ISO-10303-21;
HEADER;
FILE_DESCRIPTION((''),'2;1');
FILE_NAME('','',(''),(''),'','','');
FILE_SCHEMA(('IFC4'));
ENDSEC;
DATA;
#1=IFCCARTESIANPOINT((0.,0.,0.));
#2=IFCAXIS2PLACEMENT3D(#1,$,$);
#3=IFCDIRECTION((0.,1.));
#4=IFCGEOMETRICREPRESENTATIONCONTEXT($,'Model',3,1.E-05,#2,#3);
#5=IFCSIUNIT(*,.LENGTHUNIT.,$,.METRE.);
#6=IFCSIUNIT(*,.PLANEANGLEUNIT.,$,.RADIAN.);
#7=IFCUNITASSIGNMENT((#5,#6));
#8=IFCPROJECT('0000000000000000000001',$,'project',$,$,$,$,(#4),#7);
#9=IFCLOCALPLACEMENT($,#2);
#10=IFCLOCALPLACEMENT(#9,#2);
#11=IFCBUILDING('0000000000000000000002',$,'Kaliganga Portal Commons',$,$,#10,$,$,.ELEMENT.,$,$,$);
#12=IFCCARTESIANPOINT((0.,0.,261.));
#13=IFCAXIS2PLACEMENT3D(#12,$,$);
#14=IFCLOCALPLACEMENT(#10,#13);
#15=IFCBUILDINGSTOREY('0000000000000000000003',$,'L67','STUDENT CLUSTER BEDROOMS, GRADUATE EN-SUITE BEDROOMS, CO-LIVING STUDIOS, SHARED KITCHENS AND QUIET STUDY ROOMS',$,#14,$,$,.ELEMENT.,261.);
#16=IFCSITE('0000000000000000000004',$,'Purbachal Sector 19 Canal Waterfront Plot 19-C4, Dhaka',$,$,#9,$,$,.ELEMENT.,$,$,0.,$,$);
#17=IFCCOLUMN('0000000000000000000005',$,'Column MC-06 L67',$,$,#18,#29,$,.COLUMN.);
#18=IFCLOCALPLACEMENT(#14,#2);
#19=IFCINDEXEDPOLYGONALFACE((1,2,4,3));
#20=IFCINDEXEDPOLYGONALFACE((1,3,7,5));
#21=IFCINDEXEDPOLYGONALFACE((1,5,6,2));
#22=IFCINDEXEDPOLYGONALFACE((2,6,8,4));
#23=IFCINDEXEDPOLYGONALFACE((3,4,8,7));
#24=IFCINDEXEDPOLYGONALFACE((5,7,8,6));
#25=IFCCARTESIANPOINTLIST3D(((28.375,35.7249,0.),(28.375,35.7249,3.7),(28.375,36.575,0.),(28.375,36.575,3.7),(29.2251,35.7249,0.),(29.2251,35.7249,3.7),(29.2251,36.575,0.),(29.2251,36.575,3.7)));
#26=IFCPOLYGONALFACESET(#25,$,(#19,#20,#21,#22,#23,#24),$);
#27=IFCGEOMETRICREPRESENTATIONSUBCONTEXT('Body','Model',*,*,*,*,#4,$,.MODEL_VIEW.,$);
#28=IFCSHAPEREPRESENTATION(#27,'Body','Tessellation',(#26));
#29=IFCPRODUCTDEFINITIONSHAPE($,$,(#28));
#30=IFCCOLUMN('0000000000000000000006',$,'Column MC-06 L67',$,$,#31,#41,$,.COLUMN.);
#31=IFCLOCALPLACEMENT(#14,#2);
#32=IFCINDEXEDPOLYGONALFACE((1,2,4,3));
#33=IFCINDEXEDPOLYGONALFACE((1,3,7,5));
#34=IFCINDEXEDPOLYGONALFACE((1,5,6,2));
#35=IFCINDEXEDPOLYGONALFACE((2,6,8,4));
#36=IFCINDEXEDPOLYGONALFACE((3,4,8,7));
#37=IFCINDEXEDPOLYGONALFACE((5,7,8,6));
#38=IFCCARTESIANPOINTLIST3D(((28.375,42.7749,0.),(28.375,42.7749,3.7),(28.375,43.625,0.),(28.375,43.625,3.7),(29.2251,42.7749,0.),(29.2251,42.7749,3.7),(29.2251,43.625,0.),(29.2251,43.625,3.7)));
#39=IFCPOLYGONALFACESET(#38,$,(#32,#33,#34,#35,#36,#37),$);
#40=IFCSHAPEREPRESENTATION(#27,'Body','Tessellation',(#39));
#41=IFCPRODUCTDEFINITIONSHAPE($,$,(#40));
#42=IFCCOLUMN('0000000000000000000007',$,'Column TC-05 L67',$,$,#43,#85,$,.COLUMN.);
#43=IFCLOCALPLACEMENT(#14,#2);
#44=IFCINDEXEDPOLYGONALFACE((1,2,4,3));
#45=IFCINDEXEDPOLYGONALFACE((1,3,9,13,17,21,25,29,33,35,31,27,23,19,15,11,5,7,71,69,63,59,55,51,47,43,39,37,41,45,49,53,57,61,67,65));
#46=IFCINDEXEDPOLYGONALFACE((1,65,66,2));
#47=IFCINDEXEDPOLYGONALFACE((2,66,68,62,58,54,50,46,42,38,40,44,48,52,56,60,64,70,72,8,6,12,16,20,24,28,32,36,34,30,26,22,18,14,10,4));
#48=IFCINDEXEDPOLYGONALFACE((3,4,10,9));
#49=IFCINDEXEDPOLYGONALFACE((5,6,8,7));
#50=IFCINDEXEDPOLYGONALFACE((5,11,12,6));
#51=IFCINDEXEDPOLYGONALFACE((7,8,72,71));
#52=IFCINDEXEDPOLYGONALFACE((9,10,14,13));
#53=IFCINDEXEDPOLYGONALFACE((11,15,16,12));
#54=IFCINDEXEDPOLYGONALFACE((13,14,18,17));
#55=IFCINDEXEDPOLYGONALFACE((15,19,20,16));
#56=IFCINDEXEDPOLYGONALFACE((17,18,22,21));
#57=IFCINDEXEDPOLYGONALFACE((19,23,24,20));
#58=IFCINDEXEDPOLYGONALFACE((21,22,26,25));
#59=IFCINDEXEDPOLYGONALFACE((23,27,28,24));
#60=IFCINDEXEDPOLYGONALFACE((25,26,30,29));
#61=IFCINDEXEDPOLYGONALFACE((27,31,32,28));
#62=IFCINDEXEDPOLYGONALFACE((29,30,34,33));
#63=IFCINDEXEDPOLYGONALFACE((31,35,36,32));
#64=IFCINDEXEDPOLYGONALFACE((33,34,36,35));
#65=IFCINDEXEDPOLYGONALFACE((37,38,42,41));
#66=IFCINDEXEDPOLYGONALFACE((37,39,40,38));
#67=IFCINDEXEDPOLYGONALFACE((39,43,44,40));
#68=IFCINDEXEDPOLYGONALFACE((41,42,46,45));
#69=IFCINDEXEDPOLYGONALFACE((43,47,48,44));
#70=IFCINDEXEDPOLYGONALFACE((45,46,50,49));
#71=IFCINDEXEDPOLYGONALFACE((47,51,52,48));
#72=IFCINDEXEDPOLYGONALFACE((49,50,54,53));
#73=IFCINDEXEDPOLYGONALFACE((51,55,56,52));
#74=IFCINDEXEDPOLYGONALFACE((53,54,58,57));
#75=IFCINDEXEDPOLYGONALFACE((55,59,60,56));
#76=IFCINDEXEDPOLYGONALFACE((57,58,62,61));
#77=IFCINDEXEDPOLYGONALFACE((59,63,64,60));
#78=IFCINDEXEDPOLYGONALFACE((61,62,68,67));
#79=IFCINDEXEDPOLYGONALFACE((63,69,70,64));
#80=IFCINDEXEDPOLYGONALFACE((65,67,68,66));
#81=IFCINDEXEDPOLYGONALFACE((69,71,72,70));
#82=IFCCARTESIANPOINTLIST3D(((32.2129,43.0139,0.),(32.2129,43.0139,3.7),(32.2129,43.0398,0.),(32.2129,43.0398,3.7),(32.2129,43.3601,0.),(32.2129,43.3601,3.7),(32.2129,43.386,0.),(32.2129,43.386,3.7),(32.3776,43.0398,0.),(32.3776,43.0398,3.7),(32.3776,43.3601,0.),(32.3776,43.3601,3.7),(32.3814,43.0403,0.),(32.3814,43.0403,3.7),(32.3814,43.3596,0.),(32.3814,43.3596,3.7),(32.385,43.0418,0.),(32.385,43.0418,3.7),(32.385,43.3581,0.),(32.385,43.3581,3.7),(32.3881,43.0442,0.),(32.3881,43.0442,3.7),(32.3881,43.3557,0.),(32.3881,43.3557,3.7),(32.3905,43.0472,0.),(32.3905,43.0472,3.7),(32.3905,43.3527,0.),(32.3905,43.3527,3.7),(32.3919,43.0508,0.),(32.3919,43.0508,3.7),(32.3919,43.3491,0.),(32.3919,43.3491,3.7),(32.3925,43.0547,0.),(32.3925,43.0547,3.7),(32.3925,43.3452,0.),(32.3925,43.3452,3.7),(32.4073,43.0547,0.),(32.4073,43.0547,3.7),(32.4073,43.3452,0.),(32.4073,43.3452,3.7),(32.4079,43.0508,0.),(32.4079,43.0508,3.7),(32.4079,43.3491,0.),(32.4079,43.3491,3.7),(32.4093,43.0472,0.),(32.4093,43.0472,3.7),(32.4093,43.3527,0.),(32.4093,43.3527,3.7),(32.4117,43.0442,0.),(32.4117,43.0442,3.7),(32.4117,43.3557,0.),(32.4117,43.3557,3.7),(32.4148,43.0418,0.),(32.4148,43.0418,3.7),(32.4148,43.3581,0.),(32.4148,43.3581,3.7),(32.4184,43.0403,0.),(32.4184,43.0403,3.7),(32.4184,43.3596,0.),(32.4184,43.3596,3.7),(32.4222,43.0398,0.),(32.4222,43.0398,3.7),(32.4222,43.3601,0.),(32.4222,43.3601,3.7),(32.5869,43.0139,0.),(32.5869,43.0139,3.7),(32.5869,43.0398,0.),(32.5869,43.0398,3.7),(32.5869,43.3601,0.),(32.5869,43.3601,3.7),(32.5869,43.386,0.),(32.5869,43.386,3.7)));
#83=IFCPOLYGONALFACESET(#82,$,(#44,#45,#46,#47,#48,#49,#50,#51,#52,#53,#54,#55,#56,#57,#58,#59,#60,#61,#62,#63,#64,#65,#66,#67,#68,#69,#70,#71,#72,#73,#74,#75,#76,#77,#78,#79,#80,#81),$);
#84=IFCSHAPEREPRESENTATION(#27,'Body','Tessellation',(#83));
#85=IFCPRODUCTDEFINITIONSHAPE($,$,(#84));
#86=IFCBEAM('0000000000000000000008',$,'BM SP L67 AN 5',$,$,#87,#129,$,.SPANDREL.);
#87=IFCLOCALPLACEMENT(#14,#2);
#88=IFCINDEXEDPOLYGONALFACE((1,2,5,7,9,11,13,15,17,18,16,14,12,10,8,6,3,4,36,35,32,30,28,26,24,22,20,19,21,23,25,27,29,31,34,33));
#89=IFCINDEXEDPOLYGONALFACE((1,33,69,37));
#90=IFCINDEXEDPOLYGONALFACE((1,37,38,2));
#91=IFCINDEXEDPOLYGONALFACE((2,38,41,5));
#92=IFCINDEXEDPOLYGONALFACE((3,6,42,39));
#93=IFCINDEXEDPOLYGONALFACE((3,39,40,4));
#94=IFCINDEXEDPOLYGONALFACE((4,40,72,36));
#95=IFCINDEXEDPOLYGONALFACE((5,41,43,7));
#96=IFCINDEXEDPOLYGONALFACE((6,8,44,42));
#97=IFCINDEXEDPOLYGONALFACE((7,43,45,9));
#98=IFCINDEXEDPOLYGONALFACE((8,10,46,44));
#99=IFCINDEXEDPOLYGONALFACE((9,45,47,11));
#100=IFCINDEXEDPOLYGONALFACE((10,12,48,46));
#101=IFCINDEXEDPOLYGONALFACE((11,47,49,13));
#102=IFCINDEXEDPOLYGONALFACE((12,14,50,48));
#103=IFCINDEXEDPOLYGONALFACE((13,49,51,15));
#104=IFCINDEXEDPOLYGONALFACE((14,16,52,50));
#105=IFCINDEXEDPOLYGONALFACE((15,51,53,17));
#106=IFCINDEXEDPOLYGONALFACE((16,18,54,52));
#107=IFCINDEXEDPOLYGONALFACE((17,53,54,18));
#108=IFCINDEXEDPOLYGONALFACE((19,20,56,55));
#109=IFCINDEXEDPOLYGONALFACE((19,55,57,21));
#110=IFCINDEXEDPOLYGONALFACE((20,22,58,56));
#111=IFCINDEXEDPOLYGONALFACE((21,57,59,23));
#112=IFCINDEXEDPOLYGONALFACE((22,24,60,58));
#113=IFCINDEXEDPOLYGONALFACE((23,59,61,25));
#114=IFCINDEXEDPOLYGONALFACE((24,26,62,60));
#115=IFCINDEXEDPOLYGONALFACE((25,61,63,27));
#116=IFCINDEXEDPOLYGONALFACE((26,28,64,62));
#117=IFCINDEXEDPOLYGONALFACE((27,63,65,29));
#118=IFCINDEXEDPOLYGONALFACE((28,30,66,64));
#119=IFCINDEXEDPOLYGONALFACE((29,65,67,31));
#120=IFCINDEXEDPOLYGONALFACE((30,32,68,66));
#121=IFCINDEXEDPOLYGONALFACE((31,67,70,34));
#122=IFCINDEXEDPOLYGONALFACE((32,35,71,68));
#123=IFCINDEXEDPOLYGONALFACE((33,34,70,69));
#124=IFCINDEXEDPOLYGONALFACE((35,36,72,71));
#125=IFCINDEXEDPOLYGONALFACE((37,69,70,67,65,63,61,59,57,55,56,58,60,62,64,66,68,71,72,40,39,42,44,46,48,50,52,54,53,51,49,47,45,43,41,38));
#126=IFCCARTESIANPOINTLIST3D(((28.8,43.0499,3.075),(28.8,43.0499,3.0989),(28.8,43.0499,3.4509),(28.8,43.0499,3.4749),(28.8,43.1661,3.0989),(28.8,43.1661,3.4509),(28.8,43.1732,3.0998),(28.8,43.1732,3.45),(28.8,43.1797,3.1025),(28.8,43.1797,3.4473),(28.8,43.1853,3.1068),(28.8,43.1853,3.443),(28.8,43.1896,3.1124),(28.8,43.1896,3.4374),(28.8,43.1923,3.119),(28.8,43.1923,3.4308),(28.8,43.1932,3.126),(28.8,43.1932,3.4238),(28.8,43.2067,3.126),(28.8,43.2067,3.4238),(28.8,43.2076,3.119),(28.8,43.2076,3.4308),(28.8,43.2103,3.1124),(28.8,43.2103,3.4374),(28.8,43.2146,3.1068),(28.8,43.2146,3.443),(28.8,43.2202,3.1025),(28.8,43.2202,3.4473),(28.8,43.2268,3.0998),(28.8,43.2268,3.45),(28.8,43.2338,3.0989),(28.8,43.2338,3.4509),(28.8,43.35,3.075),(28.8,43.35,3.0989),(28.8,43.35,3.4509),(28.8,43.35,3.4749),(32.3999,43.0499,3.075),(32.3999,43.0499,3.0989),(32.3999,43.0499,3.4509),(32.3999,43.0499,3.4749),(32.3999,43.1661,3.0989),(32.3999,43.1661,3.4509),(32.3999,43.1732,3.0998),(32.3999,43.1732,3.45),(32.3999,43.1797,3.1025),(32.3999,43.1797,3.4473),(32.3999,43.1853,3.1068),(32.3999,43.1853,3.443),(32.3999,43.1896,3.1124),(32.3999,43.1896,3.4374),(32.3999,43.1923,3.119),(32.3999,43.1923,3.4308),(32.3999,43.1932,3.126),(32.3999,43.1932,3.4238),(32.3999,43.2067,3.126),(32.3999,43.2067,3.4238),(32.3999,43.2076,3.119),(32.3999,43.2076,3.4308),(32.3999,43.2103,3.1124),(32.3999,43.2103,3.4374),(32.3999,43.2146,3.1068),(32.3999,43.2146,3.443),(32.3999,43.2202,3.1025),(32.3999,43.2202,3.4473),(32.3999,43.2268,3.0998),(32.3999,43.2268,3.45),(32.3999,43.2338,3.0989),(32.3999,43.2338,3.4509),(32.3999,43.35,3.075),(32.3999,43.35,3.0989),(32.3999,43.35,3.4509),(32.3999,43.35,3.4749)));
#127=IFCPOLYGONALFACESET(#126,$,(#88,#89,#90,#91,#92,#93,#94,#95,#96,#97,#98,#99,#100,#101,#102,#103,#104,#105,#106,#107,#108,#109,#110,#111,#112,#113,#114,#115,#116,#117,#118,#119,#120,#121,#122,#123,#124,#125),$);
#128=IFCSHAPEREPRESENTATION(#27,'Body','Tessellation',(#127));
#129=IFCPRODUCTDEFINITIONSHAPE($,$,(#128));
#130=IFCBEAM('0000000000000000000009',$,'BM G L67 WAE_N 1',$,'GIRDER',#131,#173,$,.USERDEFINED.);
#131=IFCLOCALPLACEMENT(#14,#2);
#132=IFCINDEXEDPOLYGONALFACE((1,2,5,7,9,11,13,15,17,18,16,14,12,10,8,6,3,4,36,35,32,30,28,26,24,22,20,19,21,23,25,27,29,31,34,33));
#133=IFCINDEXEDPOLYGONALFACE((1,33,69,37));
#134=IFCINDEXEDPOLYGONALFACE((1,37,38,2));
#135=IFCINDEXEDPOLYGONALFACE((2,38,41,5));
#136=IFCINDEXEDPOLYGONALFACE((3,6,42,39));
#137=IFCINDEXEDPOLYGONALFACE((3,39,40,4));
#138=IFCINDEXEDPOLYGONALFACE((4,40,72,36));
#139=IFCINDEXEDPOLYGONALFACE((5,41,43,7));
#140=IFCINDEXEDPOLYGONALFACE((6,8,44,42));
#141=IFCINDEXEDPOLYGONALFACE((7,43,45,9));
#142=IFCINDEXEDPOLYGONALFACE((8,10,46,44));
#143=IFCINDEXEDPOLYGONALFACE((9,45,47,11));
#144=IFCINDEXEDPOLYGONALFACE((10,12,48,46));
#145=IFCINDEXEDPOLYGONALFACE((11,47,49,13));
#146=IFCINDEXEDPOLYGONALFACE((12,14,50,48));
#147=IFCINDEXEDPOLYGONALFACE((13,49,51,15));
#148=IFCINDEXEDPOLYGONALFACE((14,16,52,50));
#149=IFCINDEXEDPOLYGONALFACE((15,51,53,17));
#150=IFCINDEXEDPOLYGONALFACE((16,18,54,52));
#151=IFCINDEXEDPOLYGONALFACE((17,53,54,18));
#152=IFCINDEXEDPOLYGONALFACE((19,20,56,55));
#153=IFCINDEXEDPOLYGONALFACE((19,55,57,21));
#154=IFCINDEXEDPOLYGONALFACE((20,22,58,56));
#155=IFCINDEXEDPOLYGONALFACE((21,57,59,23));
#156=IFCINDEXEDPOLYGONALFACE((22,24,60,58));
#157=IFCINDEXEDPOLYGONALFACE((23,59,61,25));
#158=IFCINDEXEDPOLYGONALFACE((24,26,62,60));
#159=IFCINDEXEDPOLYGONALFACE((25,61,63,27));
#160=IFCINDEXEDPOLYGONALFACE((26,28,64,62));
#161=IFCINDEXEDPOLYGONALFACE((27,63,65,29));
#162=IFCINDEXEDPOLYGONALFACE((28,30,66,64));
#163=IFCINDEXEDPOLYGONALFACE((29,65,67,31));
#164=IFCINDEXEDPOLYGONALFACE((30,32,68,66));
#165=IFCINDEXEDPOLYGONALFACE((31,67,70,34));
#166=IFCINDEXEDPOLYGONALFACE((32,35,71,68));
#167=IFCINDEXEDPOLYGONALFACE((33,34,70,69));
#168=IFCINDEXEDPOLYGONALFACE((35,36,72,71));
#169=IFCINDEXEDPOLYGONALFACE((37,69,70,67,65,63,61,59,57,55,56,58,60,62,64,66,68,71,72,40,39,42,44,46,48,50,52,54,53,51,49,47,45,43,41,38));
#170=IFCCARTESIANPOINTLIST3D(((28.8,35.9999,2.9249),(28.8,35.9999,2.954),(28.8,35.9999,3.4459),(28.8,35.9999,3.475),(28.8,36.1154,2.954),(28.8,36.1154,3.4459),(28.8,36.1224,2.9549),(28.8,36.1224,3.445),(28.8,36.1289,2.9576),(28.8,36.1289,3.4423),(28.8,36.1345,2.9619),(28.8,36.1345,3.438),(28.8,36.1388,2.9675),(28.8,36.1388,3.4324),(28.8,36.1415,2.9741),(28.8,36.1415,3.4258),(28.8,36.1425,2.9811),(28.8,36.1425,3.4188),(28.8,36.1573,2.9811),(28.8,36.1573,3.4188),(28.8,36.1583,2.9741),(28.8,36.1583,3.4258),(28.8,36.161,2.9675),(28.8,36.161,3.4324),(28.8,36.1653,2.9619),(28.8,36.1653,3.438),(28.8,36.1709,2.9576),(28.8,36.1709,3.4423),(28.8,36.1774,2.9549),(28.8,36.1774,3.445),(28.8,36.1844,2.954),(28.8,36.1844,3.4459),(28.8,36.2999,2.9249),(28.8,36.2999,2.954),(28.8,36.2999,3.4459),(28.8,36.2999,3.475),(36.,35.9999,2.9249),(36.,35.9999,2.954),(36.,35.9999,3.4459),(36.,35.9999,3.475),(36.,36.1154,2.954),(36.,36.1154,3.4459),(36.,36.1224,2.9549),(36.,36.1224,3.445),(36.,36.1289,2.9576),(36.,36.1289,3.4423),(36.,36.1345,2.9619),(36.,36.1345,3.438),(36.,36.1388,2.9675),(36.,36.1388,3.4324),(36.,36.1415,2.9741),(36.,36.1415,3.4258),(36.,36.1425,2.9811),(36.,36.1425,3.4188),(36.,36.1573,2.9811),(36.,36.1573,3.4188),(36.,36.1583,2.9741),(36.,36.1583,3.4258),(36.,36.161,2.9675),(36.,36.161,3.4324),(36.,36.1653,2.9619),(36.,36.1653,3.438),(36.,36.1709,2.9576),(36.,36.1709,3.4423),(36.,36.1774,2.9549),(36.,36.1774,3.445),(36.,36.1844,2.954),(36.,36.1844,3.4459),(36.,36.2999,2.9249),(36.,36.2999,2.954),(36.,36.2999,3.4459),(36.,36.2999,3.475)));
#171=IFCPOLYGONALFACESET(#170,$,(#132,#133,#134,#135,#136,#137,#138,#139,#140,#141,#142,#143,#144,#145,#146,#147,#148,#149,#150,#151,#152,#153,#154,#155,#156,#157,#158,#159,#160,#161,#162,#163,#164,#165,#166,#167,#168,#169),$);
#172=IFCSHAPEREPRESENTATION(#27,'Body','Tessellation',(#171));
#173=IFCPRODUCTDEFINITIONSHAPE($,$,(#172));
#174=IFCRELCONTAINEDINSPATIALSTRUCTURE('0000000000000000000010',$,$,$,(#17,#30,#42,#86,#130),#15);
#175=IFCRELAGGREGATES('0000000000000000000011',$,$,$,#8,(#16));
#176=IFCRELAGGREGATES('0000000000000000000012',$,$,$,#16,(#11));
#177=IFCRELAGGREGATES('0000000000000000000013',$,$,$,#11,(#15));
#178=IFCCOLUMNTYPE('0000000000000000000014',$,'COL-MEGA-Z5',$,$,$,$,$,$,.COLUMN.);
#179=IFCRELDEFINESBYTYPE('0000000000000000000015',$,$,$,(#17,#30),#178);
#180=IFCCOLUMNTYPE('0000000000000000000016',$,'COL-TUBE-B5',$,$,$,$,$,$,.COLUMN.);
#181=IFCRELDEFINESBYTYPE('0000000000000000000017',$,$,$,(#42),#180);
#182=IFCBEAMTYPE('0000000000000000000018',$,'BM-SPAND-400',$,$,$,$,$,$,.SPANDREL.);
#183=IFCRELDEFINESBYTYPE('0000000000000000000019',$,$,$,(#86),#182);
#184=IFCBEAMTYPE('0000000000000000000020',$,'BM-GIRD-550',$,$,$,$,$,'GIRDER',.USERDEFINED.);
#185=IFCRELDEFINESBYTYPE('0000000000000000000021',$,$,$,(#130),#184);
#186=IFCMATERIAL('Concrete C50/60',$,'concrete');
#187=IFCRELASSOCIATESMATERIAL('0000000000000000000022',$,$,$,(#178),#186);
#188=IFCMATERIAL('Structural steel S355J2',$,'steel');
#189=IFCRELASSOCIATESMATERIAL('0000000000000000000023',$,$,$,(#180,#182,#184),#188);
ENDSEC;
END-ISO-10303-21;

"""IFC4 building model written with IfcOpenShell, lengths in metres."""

from ifc_helpers import new_model, si_unit, direction, frame, origin, origin_2d, place, context, subcontext, project, spatial, rectangle, i_section, extrude, source, transform, mapped, material, material_profile, profile_set, type_object, element, save


model = new_model("IFC4")

# Units and contexts
model_context = context("Model", 3, precision=1e-05, world=origin(), true_north=direction((0.0, 1.0)))
body_context = subcontext(model_context, "Body", "Model", "MODEL_VIEW")
ifc_project = project(units=[si_unit("LENGTHUNIT", "METRE"), si_unit("PLANEANGLEUNIT", "RADIAN")], contexts=[model_context])

# Site, building, storey
site_placement = place(None, origin())
site = spatial("IfcSite", under=ifc_project, at=site_placement, Name="Purbachal Sector 19 Canal Waterfront Plot 19-C4, Dhaka", CompositionType="ELEMENT", RefElevation=0.0)
building_placement = place(site_placement, origin())
building = spatial("IfcBuilding", under=site, at=building_placement, Name="Kaliganga Portal Commons", CompositionType="ELEMENT")
storey_placement = place(building_placement, frame((0.0, 0.0, 261.0)))
storey = spatial("IfcBuildingStorey", under=building, at=storey_placement, Name="L67", Description="STUDENT CLUSTER BEDROOMS, GRADUATE EN-SUITE BEDROOMS, CO-LIVING STUDIOS, SHARED KITCHENS AND QUIET STUDY ROOMS", CompositionType="ELEMENT", Elevation=261.0)

# Columns
ifc_material_1 = material(Name="Concrete C50/60", Category="concrete")
ifc_material_profile_1 = material_profile(ifc_material_1, rectangle(XDim=0.8501, YDim=0.8501, at=origin_2d()), Name="RC 850x850")
ifc_profile_set_1 = profile_set([ifc_material_profile_1], Name="Concrete C50/60")
column_type_1 = type_object("IfcColumnType", Name="COL-MEGA-Z5", PredefinedType="COLUMN", material=ifc_profile_set_1)
shared_shape_1 = source(origin(), body_context, "Body", "SweptSolid", [
    extrude(rectangle(XDim=0.8501, YDim=0.8501, at=origin_2d()), origin(), (0.0, 0.0, 1.0), 3.7),
])
for number, where, z_axis, x_axis, name in (
    (1, (28.8, 36.1499, 0.0), (0.0, 0.0, 1.0), (1.0, 0.0, 0.0), "Column MC-06 L67"),
    (2, (28.8, 43.2, 0.0), (0.0, 0.0, 1.0), (1.0, 0.0, 0.0), "Column MC-06 L67"),
):
    element("IfcColumn", number, at=place(storey_placement, frame(where, z_axis=z_axis, x_axis=x_axis)), inside=storey, type_object=column_type_1, Name=name, PredefinedType="COLUMN", context=body_context, shape_type="MappedRepresentation", body=[
        mapped(shared_shape_1, transform((0.0, 0.0, 0.0), x_axis=(1.0, 0.0, 0.0), y_axis=(0.0, 1.0, 0.0), z_axis=(0.0, 0.0, 1.0), scale=1.0)),
    ])
ifc_material_2 = material(Name="Structural steel S355J2", Category="steel")
ifc_material_profile_2 = material_profile(ifc_material_2, i_section(OverallWidth=0.374, OverallDepth=0.3721, WebThickness=0.0149, FlangeThickness=0.0259, FilletRadius=0.0149, at=origin_2d()), Name="HD 360x196")
ifc_profile_set_2 = profile_set([ifc_material_profile_2], Name="Structural steel S355J2 wide-flange")
column_type_2 = type_object("IfcColumnType", Name="COL-TUBE-B5", PredefinedType="COLUMN", material=ifc_profile_set_2)
shared_shape_2 = source(origin(), body_context, "Body", "SweptSolid", [
    extrude(i_section(OverallWidth=0.374, OverallDepth=0.3721, WebThickness=0.0149, FlangeThickness=0.0259, FilletRadius=0.0149, at=origin_2d()), origin(), (0.0, 0.0, 1.0), 3.7),
])
column_placement = place(storey_placement, frame((32.3999, 43.2, 0.0), z_axis=(0.0, 0.0, 1.0), x_axis=(1.0, 0.0, 0.0)))
element("IfcColumn", 3, at=column_placement, inside=storey, type_object=column_type_2, Name="Column TC-05 L67", PredefinedType="COLUMN", context=body_context, shape_type="MappedRepresentation", body=[
    mapped(shared_shape_2, transform((0.0, 0.0, 0.0), x_axis=(1.0, 0.0, 0.0), y_axis=(0.0, 1.0, 0.0), z_axis=(0.0, 0.0, 1.0), scale=1.0)),
])

# Beams
ifc_material_profile_3 = material_profile(ifc_material_2, i_section(OverallWidth=0.3, OverallDepth=0.3999, WebThickness=0.0134, FlangeThickness=0.0239, FilletRadius=0.0271, at=origin_2d()), Name="HE 400 B")
ifc_profile_set_3 = profile_set([ifc_material_profile_3], Name="Structural steel S355J2 wide-flange")
beam_type_1 = type_object("IfcBeamType", Name="BM-SPAND-400", PredefinedType="SPANDREL", material=ifc_profile_set_3)
shared_shape_3 = source(origin(), body_context, "Body", "SweptSolid", [
    extrude(i_section(OverallWidth=0.3, OverallDepth=0.3999, WebThickness=0.0134, FlangeThickness=0.0239, FilletRadius=0.0271, at=origin_2d()), origin(), (0.0, 0.0, 1.0), 3.5999),
])
beam_1_placement = place(storey_placement, frame((28.8, 43.2, 3.2749), z_axis=(1.0, 0.0, 0.0), x_axis=(0.0, 1.0, 0.0)))
element("IfcBeam", 4, at=beam_1_placement, inside=storey, type_object=beam_type_1, Name="BM SP L67 AN 5", PredefinedType="SPANDREL", context=body_context, shape_type="MappedRepresentation", body=[
    mapped(shared_shape_3, transform((0.0, 0.0, 0.0), x_axis=(1.0, 0.0, 0.0), y_axis=(0.0, 1.0, 0.0), z_axis=(0.0, 0.0, 1.0), scale=1.0)),
])
ifc_material_profile_4 = material_profile(ifc_material_2, i_section(OverallWidth=0.3, OverallDepth=0.55, WebThickness=0.0149, FlangeThickness=0.0291, FilletRadius=0.0271, at=origin_2d()), Name="HE 550 B")
ifc_profile_set_4 = profile_set([ifc_material_profile_4], Name="Structural steel S355J2 wide-flange")
beam_type_2 = type_object("IfcBeamType", Name="BM-GIRD-550", ElementType="GIRDER", PredefinedType="USERDEFINED", material=ifc_profile_set_4)
shared_shape_4 = source(origin(), body_context, "Body", "SweptSolid", [
    extrude(i_section(OverallWidth=0.3, OverallDepth=0.55, WebThickness=0.0149, FlangeThickness=0.0291, FilletRadius=0.0271, at=origin_2d()), origin(), (0.0, 0.0, 1.0), 7.2),
])
beam_2_placement = place(storey_placement, frame((28.8, 36.1499, 3.2), z_axis=(1.0, 0.0, 0.0), x_axis=(0.0, 1.0, 0.0)))
element("IfcBeam", 5, at=beam_2_placement, inside=storey, type_object=beam_type_2, Name="BM G L67 WAE_N 1", ObjectType="GIRDER", PredefinedType="USERDEFINED", context=body_context, shape_type="MappedRepresentation", body=[
    mapped(shared_shape_4, transform((0.0, 0.0, 0.0), x_axis=(1.0, 0.0, 0.0), y_axis=(0.0, 1.0, 0.0), z_axis=(0.0, 0.0, 1.0), scale=1.0)),
])

save(model, "model.ifc")
